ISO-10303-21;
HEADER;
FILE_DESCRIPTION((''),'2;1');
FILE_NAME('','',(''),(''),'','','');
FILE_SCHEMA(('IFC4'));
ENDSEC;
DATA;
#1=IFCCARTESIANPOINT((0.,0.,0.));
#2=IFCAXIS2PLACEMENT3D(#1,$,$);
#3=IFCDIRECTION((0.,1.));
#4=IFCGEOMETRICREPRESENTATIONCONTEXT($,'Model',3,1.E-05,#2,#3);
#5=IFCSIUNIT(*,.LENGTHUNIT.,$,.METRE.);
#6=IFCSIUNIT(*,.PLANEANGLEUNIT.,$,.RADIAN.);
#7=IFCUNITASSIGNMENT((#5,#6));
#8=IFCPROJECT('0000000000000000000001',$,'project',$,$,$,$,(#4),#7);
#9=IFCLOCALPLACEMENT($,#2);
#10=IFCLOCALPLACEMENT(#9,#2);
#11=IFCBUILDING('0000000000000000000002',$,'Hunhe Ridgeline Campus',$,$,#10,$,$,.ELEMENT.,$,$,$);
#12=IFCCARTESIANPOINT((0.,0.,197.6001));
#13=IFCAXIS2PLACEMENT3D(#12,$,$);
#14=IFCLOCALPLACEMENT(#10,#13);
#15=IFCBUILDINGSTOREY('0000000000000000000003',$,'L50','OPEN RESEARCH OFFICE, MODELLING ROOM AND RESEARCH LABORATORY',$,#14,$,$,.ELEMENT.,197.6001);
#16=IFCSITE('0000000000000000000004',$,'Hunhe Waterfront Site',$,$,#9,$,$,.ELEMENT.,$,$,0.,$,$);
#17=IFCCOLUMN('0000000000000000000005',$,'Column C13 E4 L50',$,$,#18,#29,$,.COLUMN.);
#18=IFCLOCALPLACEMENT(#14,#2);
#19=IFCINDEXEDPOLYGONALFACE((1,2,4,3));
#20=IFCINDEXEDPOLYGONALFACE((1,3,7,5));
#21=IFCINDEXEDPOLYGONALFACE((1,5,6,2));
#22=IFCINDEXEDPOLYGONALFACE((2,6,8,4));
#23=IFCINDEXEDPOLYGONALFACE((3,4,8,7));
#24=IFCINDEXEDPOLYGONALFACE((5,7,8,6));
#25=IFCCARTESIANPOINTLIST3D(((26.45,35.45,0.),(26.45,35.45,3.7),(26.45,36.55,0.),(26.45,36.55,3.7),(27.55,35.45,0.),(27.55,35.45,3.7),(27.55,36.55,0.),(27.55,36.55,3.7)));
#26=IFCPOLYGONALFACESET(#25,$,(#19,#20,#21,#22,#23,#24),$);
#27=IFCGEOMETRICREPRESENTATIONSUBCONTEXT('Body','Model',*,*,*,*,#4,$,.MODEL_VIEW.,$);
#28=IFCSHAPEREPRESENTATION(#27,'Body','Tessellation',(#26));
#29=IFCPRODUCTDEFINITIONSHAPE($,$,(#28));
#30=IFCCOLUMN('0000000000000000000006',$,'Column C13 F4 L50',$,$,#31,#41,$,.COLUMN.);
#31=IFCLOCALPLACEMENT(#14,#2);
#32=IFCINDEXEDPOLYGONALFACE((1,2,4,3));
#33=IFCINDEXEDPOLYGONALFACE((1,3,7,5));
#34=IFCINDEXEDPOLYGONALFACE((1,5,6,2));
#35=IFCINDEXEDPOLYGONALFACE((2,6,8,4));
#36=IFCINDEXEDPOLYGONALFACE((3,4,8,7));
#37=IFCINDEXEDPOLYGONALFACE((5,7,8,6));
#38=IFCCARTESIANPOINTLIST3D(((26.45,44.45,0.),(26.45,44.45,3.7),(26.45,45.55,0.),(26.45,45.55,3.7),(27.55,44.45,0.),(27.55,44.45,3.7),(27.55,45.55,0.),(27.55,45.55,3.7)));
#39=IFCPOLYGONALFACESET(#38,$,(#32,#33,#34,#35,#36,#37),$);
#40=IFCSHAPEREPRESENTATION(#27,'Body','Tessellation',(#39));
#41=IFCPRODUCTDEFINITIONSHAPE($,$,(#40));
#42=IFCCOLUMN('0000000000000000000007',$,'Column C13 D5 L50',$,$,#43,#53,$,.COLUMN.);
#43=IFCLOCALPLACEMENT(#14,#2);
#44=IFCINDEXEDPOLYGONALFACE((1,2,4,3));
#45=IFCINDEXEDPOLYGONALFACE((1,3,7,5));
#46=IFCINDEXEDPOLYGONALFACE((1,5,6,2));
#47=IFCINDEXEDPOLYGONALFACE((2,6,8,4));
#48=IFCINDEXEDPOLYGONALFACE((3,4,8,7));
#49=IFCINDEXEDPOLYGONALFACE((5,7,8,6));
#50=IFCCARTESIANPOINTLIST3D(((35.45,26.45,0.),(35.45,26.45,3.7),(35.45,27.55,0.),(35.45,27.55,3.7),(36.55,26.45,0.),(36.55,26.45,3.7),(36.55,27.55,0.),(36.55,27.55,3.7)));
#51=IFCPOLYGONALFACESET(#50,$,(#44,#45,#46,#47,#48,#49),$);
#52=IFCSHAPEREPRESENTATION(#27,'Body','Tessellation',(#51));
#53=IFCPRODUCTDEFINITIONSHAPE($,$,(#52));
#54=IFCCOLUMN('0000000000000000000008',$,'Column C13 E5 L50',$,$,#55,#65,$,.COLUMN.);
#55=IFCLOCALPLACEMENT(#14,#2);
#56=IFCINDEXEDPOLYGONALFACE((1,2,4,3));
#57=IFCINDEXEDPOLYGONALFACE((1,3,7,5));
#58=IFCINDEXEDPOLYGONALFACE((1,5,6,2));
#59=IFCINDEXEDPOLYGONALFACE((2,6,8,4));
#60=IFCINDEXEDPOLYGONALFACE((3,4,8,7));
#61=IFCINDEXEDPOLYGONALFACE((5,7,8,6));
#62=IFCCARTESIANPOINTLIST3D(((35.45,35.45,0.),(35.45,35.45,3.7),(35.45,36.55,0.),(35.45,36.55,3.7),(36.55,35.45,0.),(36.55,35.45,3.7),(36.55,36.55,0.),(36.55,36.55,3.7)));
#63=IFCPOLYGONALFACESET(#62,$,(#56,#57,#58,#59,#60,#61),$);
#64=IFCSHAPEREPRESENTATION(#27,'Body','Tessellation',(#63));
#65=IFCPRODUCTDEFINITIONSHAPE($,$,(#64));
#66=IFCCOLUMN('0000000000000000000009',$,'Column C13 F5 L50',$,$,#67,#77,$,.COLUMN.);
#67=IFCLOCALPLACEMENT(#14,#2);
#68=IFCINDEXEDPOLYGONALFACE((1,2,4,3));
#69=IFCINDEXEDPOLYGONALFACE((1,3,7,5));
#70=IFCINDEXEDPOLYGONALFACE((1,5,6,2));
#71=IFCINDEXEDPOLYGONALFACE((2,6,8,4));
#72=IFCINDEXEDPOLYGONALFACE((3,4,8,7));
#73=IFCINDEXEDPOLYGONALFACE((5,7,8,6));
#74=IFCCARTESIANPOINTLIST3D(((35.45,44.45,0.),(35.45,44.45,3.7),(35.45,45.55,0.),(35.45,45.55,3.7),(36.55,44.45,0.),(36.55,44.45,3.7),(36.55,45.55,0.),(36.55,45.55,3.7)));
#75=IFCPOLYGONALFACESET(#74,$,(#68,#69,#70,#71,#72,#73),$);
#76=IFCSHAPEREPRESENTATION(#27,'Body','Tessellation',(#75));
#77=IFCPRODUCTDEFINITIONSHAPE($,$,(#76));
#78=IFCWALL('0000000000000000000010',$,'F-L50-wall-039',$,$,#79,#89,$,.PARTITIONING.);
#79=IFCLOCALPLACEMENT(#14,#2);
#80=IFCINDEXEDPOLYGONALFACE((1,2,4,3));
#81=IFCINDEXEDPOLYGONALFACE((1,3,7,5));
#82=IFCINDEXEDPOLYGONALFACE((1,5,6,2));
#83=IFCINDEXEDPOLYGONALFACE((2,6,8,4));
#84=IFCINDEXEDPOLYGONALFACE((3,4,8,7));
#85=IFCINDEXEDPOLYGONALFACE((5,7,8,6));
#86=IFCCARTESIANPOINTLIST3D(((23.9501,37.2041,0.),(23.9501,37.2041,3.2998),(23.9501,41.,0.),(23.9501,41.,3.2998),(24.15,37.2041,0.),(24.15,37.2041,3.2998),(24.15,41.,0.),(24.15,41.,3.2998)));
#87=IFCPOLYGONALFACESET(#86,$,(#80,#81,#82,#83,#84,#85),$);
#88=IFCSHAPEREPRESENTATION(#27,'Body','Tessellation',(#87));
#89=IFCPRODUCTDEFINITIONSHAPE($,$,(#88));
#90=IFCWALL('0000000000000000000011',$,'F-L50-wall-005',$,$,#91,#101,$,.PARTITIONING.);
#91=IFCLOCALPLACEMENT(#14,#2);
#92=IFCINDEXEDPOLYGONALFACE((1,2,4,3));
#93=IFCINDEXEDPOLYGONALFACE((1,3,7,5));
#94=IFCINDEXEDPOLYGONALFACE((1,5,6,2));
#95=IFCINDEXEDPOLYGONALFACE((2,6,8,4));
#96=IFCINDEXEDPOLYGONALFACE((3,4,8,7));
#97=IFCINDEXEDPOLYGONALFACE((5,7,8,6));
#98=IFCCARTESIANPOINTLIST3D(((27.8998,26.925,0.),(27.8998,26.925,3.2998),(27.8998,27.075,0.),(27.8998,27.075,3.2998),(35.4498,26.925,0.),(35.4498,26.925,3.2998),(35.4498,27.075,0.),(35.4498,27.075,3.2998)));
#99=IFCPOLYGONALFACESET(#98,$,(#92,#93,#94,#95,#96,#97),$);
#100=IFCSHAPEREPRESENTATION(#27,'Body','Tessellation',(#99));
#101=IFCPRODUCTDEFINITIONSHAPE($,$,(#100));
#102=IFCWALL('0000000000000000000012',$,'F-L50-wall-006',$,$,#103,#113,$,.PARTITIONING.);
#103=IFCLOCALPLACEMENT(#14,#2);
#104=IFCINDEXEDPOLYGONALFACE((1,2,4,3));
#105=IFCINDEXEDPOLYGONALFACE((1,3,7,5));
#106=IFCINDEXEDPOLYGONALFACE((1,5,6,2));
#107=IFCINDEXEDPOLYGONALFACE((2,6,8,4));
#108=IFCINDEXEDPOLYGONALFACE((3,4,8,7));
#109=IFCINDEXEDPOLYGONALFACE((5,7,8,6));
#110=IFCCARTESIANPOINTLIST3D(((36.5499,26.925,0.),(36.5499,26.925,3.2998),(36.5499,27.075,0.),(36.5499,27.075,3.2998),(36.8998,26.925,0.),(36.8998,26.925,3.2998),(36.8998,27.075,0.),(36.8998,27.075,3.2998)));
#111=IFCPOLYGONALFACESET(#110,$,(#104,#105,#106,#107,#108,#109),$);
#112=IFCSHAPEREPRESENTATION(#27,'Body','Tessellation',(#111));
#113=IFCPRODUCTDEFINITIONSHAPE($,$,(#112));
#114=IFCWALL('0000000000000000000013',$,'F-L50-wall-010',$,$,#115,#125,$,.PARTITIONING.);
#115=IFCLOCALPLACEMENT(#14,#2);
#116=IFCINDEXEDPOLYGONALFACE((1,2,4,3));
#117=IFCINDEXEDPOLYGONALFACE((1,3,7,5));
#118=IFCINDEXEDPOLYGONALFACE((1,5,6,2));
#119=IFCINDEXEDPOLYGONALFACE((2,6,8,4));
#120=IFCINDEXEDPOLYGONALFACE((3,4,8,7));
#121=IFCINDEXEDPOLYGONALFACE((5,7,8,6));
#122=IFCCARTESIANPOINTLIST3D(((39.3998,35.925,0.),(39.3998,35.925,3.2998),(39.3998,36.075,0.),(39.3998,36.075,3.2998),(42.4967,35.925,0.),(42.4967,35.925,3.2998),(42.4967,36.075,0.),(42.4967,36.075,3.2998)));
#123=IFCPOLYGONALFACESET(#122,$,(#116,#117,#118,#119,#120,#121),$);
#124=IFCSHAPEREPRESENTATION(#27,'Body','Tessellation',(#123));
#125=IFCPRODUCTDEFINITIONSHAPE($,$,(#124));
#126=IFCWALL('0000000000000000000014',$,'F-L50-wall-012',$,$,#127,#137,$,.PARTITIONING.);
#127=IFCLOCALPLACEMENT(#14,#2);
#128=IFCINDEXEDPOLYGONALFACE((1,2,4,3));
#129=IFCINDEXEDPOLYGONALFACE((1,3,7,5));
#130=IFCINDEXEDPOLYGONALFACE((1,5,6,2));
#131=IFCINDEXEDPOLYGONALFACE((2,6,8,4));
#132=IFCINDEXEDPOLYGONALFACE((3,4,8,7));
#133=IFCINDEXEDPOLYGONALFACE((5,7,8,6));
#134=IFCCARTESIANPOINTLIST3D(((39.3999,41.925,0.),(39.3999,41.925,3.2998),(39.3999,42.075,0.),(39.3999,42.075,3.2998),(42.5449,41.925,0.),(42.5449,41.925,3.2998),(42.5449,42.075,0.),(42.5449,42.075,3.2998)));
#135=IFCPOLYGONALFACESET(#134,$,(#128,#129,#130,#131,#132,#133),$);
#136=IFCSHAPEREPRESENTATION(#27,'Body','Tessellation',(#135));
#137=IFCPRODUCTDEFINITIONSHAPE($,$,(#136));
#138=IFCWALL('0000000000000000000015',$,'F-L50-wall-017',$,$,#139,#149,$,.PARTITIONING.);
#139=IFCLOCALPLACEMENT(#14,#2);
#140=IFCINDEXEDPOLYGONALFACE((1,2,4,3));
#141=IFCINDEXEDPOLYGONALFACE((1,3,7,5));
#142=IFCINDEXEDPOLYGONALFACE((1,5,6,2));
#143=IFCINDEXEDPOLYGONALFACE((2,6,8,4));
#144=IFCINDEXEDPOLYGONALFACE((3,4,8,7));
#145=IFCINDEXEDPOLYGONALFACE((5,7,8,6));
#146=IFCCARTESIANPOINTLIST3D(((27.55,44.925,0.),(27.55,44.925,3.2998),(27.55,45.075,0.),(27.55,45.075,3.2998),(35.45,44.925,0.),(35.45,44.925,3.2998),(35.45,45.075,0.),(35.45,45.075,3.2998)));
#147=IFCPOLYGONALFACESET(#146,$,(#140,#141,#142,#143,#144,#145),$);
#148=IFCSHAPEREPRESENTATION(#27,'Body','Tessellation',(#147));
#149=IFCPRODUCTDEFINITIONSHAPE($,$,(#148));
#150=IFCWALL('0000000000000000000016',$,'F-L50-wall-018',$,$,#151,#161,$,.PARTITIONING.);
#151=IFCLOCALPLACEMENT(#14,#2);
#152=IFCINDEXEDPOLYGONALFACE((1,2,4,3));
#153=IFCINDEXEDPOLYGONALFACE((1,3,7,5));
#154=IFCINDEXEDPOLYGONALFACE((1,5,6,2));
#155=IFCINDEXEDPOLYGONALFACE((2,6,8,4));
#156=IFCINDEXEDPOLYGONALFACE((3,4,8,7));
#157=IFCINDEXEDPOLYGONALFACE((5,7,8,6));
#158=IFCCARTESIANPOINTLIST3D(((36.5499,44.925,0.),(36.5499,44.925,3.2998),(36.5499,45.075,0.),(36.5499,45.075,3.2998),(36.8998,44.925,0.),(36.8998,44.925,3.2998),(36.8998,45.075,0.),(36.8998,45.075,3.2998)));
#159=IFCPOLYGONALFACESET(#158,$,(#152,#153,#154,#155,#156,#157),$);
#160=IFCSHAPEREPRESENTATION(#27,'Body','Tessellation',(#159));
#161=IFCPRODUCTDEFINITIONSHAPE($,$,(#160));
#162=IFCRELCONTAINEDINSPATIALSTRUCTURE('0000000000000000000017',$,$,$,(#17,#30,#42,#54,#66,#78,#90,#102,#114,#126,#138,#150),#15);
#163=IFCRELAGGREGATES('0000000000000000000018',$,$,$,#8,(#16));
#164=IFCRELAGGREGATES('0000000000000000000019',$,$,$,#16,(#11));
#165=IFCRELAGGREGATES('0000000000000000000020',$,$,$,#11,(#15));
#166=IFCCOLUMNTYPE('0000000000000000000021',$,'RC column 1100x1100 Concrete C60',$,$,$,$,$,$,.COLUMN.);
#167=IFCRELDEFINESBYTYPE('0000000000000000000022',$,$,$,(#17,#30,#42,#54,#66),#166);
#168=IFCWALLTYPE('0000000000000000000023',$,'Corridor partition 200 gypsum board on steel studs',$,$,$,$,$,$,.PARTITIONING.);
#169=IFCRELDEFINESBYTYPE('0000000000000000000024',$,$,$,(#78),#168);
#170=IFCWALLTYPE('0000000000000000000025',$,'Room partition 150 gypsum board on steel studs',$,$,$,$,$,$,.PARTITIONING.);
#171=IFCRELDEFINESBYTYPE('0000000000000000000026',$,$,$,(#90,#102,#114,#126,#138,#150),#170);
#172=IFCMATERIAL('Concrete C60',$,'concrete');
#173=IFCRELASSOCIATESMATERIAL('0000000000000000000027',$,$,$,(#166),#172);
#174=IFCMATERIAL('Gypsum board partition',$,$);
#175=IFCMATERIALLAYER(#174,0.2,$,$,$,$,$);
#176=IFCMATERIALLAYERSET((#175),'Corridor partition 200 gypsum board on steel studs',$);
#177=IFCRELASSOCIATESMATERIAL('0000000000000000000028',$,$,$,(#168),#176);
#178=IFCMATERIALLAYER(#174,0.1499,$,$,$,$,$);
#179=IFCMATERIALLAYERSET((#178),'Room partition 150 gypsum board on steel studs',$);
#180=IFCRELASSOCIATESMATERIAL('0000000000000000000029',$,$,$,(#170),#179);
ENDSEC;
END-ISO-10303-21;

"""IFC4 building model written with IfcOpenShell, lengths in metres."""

from ifc_helpers import new_model, si_unit, direction, frame, frame_2d, origin, origin_2d, place, context, subcontext, project, spatial, rectangle, extrude, material, layer, layer_set, material_profile, profile_set, type_object, element, save


model = new_model("IFC4")

# Units and contexts
model_context = context("Model", 3, precision=1e-05, world=origin(), true_north=direction((0.0, 1.0)))
body_context = subcontext(model_context, "Body", "Model", "MODEL_VIEW")
ifc_project = project(units=[si_unit("LENGTHUNIT", "METRE"), si_unit("PLANEANGLEUNIT", "RADIAN")], contexts=[model_context])

# Site, building, storey
site_placement = place(None, origin())
site = spatial("IfcSite", under=ifc_project, at=site_placement, Name="Hunhe Waterfront Site", CompositionType="ELEMENT", RefElevation=0.0)
building_placement = place(site_placement, origin())
building = spatial("IfcBuilding", under=site, at=building_placement, Name="Hunhe Ridgeline Campus", CompositionType="ELEMENT")
storey_placement = place(building_placement, frame((0.0, 0.0, 197.6001)))
storey = spatial("IfcBuildingStorey", under=building, at=storey_placement, Name="L50", Description="OPEN RESEARCH OFFICE, MODELLING ROOM AND RESEARCH LABORATORY", CompositionType="ELEMENT", Elevation=197.6001)

# Columns
ifc_material_1 = material(Name="Concrete C60", Category="concrete")
ifc_material_profile = material_profile(ifc_material_1, rectangle(XDim=1.1001, YDim=1.1001, at=origin_2d()))
ifc_profile_set = profile_set([ifc_material_profile], Name="Concrete C60")
column_type = type_object("IfcColumnType", Name="RC column 1100x1100 Concrete C60", PredefinedType="COLUMN", material=ifc_profile_set)
for number, where, z_axis, x_axis, name in (
    (1, (27.0, 36.0, 0.0), (0.0, 0.0, 1.0), (1.0, 0.0, 0.0), "Column C13 E4 L50"),
    (2, (27.0, 45.0, 0.0), (0.0, 0.0, 1.0), (1.0, 0.0, 0.0), "Column C13 F4 L50"),
    (3, (36.0, 27.0, 0.0), (0.0, 0.0, 1.0), (1.0, 0.0, 0.0), "Column C13 D5 L50"),
    (4, (36.0, 36.0, 0.0), (0.0, 0.0, 1.0), (1.0, 0.0, 0.0), "Column C13 E5 L50"),
    (5, (36.0, 45.0, 0.0), (0.0, 0.0, 1.0), (1.0, 0.0, 0.0), "Column C13 F5 L50"),
):
    element("IfcColumn", number, at=place(storey_placement, frame(where, z_axis=z_axis, x_axis=x_axis)), inside=storey, type_object=column_type, Name=name, PredefinedType="COLUMN", context=body_context, shape_type="SweptSolid", body=[
        extrude(rectangle(XDim=1.1001, YDim=1.1001, at=origin_2d()), origin(), (0.0, 0.0, 1.0), 3.7),
    ])

# Shared definitions
ifc_material_2 = material(Name="Gypsum board partition")
ifc_layer_1 = layer(ifc_material_2, 0.2)
ifc_layer_set_1 = layer_set([ifc_layer_1], Name="Corridor partition 200 gypsum board on steel studs")
wall_type_1 = type_object("IfcWallType", Name="Corridor partition 200 gypsum board on steel studs", PredefinedType="PARTITIONING", material=ifc_layer_set_1)

# Wall
wall_1_placement = place(storey_placement, frame((24.05, 37.2041, 0.0), z_axis=(0.0, 0.0, 1.0), x_axis=(0.0, 1.0, 0.0)))
element("IfcWall", 6, at=wall_1_placement, inside=storey, type_object=wall_type_1, Name="F-L50-wall-039", PredefinedType="PARTITIONING", context=body_context, shape_type="SweptSolid", body=[
    extrude(rectangle(XDim=3.7959, YDim=0.2, at=frame_2d((1.8979, 0.0))), origin(), (0.0, 0.0, 1.0), 3.2998),
])

# Walls
ifc_layer_2 = layer(ifc_material_2, 0.1499)
ifc_layer_set_2 = layer_set([ifc_layer_2], Name="Room partition 150 gypsum board on steel studs")
wall_type_2 = type_object("IfcWallType", Name="Room partition 150 gypsum board on steel studs", PredefinedType="PARTITIONING", material=ifc_layer_set_2)
wall_2_placement = place(storey_placement, frame((27.8999, 27.0, 0.0), z_axis=(0.0, 0.0, 1.0), x_axis=(1.0, 0.0, 0.0)))
element("IfcWall", 7, at=wall_2_placement, inside=storey, type_object=wall_type_2, Name="F-L50-wall-005", PredefinedType="PARTITIONING", context=body_context, shape_type="SweptSolid", body=[
    extrude(rectangle(XDim=7.55, YDim=0.1499, at=frame_2d((3.7749, 0.0))), origin(), (0.0, 0.0, 1.0), 3.2998),
])
wall_3_placement = place(storey_placement, frame((36.55, 27.0, 0.0), z_axis=(0.0, 0.0, 1.0), x_axis=(1.0, 0.0, 0.0)))
element("IfcWall", 8, at=wall_3_placement, inside=storey, type_object=wall_type_2, Name="F-L50-wall-006", PredefinedType="PARTITIONING", context=body_context, shape_type="SweptSolid", body=[
    extrude(rectangle(XDim=0.3499, YDim=0.1499, at=frame_2d((0.1748, 0.0))), origin(), (0.0, 0.0, 1.0), 3.2998),
])
wall_4_placement = place(storey_placement, frame((39.3999, 36.0, 0.0), z_axis=(0.0, 0.0, 1.0), x_axis=(1.0, 0.0, 0.0)))
element("IfcWall", 9, at=wall_4_placement, inside=storey, type_object=wall_type_2, Name="F-L50-wall-010", PredefinedType="PARTITIONING", context=body_context, shape_type="SweptSolid", body=[
    extrude(rectangle(XDim=3.0969, YDim=0.1499, at=frame_2d((1.5483, 0.0))), origin(), (0.0, 0.0, 1.0), 3.2998),
])
wall_5_placement = place(storey_placement, frame((39.3999, 42.0, 0.0), z_axis=(0.0, 0.0, 1.0), x_axis=(1.0, 0.0, 0.0)))
element("IfcWall", 10, at=wall_5_placement, inside=storey, type_object=wall_type_2, Name="F-L50-wall-012", PredefinedType="PARTITIONING", context=body_context, shape_type="SweptSolid", body=[
    extrude(rectangle(XDim=3.145, YDim=0.1499, at=frame_2d((1.5725, 0.0))), origin(), (0.0, 0.0, 1.0), 3.2998),
])
wall_6_placement = place(storey_placement, frame((27.55, 45.0, 0.0), z_axis=(0.0, 0.0, 1.0), x_axis=(1.0, 0.0, 0.0)))
element("IfcWall", 11, at=wall_6_placement, inside=storey, type_object=wall_type_2, Name="F-L50-wall-017", PredefinedType="PARTITIONING", context=body_context, shape_type="SweptSolid", body=[
    extrude(rectangle(XDim=7.8999, YDim=0.1499, at=frame_2d((3.95, 0.0))), origin(), (0.0, 0.0, 1.0), 3.2998),
])
wall_7_placement = place(storey_placement, frame((36.55, 45.0, 0.0), z_axis=(0.0, 0.0, 1.0), x_axis=(1.0, 0.0, 0.0)))
element("IfcWall", 12, at=wall_7_placement, inside=storey, type_object=wall_type_2, Name="F-L50-wall-018", PredefinedType="PARTITIONING", context=body_context, shape_type="SweptSolid", body=[
    extrude(rectangle(XDim=0.3499, YDim=0.1499, at=frame_2d((0.1748, 0.0))), origin(), (0.0, 0.0, 1.0), 3.2998),
])

save(model, "model.ifc")
